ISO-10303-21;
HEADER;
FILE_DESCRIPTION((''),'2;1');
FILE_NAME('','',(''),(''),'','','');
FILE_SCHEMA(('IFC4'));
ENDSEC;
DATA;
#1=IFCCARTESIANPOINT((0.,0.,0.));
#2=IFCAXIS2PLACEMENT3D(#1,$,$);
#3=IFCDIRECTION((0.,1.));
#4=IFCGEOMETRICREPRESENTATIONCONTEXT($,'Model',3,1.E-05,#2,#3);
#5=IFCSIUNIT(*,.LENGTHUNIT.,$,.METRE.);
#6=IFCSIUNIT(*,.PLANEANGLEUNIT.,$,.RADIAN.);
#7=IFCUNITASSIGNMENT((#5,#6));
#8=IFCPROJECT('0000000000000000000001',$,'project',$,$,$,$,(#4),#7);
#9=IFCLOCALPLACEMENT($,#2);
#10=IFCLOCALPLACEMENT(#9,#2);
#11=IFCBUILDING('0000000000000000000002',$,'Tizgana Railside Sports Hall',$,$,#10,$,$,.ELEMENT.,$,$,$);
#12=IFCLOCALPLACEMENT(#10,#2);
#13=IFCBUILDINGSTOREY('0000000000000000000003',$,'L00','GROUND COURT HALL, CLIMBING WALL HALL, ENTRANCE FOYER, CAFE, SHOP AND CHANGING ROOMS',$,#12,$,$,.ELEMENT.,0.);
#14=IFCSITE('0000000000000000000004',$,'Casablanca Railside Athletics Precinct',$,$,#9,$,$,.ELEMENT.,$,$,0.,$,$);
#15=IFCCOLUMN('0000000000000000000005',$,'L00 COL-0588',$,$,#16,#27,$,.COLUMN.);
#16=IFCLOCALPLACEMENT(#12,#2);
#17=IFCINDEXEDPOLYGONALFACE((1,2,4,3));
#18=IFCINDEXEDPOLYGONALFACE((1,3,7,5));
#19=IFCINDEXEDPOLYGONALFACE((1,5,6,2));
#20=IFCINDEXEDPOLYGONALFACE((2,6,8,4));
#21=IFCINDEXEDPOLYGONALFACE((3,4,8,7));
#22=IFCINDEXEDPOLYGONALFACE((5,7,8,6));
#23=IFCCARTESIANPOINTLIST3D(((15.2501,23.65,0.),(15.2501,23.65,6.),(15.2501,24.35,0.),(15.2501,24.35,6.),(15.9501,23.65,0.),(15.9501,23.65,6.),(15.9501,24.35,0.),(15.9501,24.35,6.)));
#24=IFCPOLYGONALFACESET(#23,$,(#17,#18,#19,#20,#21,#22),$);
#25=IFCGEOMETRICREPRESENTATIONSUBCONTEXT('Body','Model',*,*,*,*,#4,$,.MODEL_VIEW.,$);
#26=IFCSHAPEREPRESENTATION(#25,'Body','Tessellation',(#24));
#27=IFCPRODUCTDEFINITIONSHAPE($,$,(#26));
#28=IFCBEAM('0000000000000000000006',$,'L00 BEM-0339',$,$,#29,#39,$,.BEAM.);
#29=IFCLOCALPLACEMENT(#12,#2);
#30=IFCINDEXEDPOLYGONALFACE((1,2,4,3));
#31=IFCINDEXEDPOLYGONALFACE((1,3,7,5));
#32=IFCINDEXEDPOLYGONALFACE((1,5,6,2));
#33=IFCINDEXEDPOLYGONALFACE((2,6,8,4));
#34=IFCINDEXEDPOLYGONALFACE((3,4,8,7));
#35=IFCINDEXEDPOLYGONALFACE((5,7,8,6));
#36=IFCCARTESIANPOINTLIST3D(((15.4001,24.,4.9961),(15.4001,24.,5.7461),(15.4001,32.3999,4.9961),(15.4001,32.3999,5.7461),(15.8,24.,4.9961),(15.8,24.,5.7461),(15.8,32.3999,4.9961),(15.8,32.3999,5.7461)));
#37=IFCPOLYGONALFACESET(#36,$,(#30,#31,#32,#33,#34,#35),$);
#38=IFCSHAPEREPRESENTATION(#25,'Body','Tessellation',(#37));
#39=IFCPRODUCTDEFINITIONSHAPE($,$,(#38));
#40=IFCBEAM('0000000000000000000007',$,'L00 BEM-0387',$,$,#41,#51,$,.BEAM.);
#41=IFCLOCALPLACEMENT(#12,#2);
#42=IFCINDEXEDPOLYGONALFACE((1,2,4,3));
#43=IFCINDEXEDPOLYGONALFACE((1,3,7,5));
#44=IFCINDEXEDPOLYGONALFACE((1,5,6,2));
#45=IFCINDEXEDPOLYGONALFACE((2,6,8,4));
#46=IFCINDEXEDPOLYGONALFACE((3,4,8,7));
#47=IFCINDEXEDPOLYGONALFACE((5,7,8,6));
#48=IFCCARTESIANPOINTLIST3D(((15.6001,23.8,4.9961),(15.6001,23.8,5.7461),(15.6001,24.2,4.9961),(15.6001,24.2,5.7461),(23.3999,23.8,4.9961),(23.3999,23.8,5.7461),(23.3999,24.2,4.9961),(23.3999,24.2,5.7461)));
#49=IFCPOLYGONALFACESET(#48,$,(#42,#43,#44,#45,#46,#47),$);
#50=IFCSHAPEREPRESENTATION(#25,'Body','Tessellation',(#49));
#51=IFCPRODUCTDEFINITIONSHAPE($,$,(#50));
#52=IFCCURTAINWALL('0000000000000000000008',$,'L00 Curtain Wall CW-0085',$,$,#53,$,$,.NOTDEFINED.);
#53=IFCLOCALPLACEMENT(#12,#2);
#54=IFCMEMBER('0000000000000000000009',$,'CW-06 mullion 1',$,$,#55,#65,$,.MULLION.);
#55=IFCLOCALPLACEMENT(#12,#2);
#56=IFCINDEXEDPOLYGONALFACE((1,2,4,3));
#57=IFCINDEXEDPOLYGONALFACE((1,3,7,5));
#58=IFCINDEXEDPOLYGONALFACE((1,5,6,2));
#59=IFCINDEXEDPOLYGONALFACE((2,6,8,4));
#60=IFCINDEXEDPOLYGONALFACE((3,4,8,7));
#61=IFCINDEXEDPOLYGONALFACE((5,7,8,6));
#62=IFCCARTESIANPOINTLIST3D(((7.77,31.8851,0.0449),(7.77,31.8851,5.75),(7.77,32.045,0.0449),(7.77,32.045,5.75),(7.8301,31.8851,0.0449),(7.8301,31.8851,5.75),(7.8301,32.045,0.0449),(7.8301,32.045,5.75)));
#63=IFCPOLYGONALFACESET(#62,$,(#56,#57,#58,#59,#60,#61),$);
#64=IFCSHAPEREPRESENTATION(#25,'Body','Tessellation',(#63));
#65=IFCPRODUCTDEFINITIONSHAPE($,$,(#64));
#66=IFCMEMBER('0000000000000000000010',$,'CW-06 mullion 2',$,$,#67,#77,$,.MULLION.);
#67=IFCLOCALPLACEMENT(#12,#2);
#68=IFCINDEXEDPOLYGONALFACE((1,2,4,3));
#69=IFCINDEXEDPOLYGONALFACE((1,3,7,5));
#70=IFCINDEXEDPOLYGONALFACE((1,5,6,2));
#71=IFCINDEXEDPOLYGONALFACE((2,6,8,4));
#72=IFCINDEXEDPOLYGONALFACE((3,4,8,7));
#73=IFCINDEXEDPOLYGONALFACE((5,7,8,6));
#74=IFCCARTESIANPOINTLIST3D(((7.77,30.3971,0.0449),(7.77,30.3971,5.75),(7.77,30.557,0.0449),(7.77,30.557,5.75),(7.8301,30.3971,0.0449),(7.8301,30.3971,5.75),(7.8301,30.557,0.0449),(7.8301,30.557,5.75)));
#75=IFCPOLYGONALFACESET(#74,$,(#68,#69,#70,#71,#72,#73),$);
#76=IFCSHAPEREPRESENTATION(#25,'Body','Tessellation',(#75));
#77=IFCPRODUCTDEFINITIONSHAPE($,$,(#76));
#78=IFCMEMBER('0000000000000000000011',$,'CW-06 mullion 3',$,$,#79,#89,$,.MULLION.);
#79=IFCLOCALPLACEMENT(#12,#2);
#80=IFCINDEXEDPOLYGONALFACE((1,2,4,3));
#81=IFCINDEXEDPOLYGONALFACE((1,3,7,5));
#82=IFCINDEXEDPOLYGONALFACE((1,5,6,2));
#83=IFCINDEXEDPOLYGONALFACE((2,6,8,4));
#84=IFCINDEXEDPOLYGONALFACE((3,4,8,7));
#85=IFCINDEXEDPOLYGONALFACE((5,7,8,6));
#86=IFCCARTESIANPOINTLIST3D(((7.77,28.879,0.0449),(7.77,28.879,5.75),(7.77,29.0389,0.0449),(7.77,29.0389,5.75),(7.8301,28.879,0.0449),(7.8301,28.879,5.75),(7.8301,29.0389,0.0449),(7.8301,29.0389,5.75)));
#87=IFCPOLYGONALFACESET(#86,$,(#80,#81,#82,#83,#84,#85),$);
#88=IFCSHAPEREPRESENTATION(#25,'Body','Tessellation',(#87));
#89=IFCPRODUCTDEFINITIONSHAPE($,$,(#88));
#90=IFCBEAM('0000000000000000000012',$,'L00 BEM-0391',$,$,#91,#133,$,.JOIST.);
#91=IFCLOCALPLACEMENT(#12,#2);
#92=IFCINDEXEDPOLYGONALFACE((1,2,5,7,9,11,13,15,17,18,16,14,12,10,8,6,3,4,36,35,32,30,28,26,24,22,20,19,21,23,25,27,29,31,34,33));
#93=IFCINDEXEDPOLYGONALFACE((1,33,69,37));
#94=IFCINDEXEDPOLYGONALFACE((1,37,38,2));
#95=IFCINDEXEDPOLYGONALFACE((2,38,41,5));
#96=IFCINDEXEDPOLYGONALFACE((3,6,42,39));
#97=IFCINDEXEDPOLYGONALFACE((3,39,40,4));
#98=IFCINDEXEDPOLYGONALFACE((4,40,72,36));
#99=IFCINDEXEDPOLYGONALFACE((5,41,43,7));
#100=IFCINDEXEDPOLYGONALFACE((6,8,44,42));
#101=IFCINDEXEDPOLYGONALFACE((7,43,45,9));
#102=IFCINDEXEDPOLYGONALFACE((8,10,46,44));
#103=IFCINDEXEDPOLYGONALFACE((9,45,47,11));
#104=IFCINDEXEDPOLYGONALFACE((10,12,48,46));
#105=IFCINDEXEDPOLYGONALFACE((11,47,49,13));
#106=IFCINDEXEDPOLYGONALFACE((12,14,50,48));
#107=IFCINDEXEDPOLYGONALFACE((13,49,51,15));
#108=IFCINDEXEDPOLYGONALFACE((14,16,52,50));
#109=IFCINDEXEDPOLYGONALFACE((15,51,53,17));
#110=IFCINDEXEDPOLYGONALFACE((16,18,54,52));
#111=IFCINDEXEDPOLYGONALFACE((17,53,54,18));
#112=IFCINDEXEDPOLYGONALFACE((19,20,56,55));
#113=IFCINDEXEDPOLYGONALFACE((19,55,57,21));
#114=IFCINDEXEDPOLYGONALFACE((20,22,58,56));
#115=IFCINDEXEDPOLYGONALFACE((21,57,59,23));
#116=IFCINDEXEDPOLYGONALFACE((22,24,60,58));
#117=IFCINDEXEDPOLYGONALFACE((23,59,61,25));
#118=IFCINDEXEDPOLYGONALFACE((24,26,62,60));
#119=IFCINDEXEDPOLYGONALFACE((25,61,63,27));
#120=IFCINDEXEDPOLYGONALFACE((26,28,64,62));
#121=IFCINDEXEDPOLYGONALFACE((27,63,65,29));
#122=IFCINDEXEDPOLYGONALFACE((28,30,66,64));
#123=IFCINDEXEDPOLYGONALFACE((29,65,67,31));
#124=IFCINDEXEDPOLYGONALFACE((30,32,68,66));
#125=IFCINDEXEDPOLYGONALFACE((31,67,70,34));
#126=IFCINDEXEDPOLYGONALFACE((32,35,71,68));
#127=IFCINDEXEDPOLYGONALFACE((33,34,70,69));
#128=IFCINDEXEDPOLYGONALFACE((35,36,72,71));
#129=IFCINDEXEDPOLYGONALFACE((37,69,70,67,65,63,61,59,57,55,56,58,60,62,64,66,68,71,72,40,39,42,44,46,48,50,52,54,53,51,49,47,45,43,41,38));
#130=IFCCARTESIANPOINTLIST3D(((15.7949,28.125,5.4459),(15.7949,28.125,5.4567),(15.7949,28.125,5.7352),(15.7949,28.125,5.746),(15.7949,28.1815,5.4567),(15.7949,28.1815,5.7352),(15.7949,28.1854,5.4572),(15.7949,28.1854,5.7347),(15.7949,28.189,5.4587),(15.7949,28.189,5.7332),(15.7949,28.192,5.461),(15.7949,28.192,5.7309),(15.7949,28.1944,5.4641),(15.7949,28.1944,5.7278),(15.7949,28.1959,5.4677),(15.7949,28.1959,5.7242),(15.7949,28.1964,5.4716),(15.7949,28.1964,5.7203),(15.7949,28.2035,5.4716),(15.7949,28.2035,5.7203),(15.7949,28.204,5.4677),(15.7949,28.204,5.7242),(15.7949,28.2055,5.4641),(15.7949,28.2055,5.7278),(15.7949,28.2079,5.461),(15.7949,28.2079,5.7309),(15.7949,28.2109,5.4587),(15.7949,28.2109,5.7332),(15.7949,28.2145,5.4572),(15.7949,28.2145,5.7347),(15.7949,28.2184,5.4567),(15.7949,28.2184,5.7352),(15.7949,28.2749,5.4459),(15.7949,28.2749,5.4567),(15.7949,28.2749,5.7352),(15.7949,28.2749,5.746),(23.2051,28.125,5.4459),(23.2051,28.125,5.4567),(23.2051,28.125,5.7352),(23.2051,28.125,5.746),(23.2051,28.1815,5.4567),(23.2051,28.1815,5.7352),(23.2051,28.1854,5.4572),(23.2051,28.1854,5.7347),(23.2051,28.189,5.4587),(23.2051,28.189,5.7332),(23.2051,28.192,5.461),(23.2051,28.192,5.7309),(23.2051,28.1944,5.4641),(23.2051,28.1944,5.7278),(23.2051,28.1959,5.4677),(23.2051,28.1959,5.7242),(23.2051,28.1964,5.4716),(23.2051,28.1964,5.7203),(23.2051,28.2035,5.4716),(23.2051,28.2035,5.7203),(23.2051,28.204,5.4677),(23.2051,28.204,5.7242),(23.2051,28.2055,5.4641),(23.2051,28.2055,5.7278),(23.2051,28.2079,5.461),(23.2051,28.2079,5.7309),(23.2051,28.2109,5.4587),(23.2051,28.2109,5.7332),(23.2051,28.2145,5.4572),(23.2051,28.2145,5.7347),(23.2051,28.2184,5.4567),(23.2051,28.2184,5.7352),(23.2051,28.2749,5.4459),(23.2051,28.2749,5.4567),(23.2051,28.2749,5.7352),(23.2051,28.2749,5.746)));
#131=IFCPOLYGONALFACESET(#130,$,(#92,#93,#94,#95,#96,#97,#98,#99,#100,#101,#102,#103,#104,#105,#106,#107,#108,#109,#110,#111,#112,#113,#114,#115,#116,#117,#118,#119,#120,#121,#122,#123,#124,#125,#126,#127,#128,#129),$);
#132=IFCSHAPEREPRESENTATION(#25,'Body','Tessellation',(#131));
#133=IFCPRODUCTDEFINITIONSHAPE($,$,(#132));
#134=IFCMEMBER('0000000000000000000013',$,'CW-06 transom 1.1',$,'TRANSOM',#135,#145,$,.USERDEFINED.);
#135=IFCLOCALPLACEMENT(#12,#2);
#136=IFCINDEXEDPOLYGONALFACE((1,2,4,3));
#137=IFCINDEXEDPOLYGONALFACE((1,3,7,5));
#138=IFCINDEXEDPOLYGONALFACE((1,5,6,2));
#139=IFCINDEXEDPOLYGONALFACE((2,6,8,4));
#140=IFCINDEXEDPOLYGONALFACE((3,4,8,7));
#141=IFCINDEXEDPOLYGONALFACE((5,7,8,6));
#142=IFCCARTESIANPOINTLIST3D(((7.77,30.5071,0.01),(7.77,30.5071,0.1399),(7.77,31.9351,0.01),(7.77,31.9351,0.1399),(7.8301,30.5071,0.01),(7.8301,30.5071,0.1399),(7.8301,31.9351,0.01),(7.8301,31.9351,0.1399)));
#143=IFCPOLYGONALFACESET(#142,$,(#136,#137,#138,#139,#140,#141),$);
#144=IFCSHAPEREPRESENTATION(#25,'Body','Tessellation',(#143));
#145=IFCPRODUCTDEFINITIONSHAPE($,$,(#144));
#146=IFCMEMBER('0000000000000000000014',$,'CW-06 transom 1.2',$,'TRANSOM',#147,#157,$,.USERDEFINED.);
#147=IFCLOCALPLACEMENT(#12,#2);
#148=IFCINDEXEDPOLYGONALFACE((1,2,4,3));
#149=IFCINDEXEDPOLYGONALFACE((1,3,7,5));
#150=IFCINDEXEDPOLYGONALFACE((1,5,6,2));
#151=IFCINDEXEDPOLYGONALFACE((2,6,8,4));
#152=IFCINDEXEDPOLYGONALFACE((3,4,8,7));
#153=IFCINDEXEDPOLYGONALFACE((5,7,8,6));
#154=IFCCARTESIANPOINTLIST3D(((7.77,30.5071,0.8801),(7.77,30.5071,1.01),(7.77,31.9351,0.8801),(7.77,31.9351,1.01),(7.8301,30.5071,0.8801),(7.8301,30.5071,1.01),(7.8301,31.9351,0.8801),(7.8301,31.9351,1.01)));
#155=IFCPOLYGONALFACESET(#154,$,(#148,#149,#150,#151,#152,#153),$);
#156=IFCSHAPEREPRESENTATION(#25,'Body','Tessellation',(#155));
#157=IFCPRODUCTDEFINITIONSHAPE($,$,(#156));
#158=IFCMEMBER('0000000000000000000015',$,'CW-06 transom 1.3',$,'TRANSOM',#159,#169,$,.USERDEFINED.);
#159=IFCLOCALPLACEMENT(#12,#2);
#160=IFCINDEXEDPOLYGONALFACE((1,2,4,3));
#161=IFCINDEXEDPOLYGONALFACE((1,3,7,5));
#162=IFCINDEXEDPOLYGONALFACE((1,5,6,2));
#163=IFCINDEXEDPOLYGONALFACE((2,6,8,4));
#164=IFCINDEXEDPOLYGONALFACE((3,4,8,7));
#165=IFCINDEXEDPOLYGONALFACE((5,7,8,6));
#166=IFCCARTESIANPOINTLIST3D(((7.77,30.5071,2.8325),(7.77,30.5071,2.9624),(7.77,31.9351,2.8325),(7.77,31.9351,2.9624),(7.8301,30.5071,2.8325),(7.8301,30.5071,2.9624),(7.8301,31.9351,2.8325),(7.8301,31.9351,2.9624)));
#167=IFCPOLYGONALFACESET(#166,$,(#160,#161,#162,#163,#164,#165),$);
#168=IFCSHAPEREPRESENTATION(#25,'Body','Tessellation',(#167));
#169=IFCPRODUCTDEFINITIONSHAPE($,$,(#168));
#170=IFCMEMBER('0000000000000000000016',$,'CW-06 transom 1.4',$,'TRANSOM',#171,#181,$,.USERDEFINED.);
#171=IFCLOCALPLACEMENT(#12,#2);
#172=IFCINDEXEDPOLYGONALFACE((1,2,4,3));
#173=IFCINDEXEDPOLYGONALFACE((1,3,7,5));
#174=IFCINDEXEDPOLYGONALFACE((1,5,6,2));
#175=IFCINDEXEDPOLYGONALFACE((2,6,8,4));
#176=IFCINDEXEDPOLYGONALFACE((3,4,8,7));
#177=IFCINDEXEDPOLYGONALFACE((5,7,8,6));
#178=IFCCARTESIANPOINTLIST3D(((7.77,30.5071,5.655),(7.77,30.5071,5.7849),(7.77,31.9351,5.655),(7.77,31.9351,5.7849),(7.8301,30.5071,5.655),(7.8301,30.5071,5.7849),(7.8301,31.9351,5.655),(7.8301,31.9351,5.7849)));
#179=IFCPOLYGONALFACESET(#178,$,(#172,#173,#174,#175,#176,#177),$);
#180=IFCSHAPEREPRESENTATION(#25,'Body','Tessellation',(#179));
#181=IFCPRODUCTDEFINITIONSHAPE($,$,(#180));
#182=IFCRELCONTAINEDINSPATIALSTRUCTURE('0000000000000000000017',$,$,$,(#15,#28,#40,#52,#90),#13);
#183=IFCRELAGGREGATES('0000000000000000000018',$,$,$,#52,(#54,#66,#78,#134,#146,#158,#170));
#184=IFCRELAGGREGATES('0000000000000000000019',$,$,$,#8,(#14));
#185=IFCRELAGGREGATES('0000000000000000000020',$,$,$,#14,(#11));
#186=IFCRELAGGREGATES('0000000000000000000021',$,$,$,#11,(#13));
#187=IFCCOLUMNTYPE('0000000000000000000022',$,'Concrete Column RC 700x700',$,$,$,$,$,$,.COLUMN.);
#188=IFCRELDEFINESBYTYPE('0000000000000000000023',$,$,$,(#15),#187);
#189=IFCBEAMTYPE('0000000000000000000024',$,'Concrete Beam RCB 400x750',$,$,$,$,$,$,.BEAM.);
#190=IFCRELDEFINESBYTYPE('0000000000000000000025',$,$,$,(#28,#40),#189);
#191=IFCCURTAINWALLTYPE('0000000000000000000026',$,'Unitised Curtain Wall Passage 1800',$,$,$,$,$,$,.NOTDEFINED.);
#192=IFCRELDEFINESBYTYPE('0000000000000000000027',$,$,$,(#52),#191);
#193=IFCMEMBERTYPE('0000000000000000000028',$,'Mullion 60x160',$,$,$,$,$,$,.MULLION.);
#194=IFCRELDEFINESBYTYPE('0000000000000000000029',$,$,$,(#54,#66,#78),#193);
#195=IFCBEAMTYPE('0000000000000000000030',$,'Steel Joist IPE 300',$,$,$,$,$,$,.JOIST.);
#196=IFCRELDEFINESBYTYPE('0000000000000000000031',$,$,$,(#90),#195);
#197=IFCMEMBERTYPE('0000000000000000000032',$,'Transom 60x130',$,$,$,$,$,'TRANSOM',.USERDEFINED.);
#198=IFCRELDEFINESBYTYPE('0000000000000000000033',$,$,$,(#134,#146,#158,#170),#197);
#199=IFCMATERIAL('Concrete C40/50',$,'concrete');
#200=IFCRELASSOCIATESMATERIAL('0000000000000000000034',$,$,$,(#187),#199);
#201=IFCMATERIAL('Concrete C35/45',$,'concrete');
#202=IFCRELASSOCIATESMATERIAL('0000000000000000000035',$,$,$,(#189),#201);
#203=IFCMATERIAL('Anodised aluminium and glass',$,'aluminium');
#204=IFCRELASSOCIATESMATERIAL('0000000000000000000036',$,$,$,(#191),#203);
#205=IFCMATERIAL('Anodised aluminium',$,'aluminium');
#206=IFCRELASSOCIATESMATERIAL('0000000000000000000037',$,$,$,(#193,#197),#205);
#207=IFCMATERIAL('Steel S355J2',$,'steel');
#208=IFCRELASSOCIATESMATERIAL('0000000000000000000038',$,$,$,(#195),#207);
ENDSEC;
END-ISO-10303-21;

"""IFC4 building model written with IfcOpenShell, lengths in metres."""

from ifc_helpers import new_model, si_unit, direction, frame, origin, origin_2d, place, context, subcontext, project, spatial, rectangle, i_section, extrude, material, material_profile, profile_set, type_object, element, aggregate, save


model = new_model("IFC4")

# Units and contexts
model_context = context("Model", 3, precision=1e-05, world=origin(), true_north=direction((0.0, 1.0)))
body_context = subcontext(model_context, "Body", "Model", "MODEL_VIEW")
ifc_project = project(units=[si_unit("LENGTHUNIT", "METRE"), si_unit("PLANEANGLEUNIT", "RADIAN")], contexts=[model_context])

# Site, building, storey
site_placement = place(None, origin())
site = spatial("IfcSite", under=ifc_project, at=site_placement, Name="Casablanca Railside Athletics Precinct", CompositionType="ELEMENT", RefElevation=0.0)
building_placement = place(site_placement, origin())
building = spatial("IfcBuilding", under=site, at=building_placement, Name="Tizgana Railside Sports Hall", CompositionType="ELEMENT")
storey_placement = place(building_placement, origin())
storey = spatial("IfcBuildingStorey", under=building, at=storey_placement, Name="L00", Description="GROUND COURT HALL, CLIMBING WALL HALL, ENTRANCE FOYER, CAFE, SHOP AND CHANGING ROOMS", CompositionType="ELEMENT", Elevation=0.0)

# Column
ifc_material_1 = material(Name="Concrete C40/50", Category="concrete")
ifc_material_profile_1 = material_profile(ifc_material_1, rectangle(XDim=0.7, YDim=0.7, at=origin_2d()), Name="RC 700x700")
ifc_profile_set_1 = profile_set([ifc_material_profile_1], Name="Concrete C40/50")
column_type = type_object("IfcColumnType", Name="Concrete Column RC 700x700", PredefinedType="COLUMN", material=ifc_profile_set_1)
column_placement = place(storey_placement, frame((15.6001, 24.0, 0.0), z_axis=(0.0, 0.0, 1.0), x_axis=(1.0, 0.0, 0.0)))
element("IfcColumn", 1, at=column_placement, inside=storey, type_object=column_type, Name="L00 COL-0588", PredefinedType="COLUMN", context=body_context, shape_type="SweptSolid", body=[
    extrude(rectangle(XDim=0.7, YDim=0.7, at=origin_2d()), origin(), (0.0, 0.0, 1.0), 6.0),
])

# Beams
ifc_material_2 = material(Name="Concrete C35/45", Category="concrete")
ifc_material_profile_2 = material_profile(ifc_material_2, rectangle(XDim=0.3999, YDim=0.75, at=origin_2d()), Name="RCB 400x750")
ifc_profile_set_2 = profile_set([ifc_material_profile_2], Name="Concrete C35/45")
beam_type_1 = type_object("IfcBeamType", Name="Concrete Beam RCB 400x750", PredefinedType="BEAM", material=ifc_profile_set_2)
beam_1_placement = place(storey_placement, frame((15.6001, 24.0, 5.3711), z_axis=(0.0, 1.0, 0.0), x_axis=(-1.0, 0.0, 0.0)))
element("IfcBeam", 2, at=beam_1_placement, inside=storey, type_object=beam_type_1, Name="L00 BEM-0339", PredefinedType="BEAM", context=body_context, shape_type="SweptSolid", body=[
    extrude(rectangle(XDim=0.3999, YDim=0.75, at=origin_2d()), origin(), (0.0, 0.0, 1.0), 8.3999),
])
beam_2_placement = place(storey_placement, frame((15.6001, 24.0, 5.3711), z_axis=(1.0, 0.0, 0.0), x_axis=(0.0, 1.0, 0.0)))
element("IfcBeam", 3, at=beam_2_placement, inside=storey, type_object=beam_type_1, Name="L00 BEM-0387", PredefinedType="BEAM", context=body_context, shape_type="SweptSolid", body=[
    extrude(rectangle(XDim=0.3999, YDim=0.75, at=origin_2d()), origin(), (0.0, 0.0, 1.0), 7.7998),
])

# Curtain wall, members
ifc_material_3 = material(Name="Anodised aluminium and glass", Category="aluminium")
curtain_wall_type = type_object("IfcCurtainWallType", Name="Unitised Curtain Wall Passage 1800", PredefinedType="NOTDEFINED", material=ifc_material_3)
curtain_wall_placement = place(storey_placement, origin())
curtain_wall = element("IfcCurtainWall", 4, at=curtain_wall_placement, inside=storey, type_object=curtain_wall_type, Name="L00 Curtain Wall CW-0085", PredefinedType="NOTDEFINED")
ifc_material_4 = material(Name="Anodised aluminium", Category="aluminium")
ifc_material_profile_3 = material_profile(ifc_material_4, rectangle(XDim=0.0601, YDim=0.1599, at=origin_2d()), Name="Mullion 60x160")
ifc_profile_set_3 = profile_set([ifc_material_profile_3], Name="Anodised aluminium")
member_type_1 = type_object("IfcMemberType", Name="Mullion 60x160", PredefinedType="MULLION", material=ifc_profile_set_3)
member_1_placement = place(storey_placement, frame((7.8, 31.9651, 0.0449), z_axis=(0.0, 0.0, 1.0), x_axis=(1.0, 0.0, 0.0)))
member_1 = element("IfcMember", 5, at=member_1_placement, type_object=member_type_1, Name="CW-06 mullion 1", PredefinedType="MULLION", context=body_context, shape_type="SweptSolid", body=[
    extrude(rectangle(XDim=0.0601, YDim=0.1599, at=origin_2d()), origin(), (0.0, 0.0, 1.0), 5.7051),
])
member_2_placement = place(storey_placement, frame((7.8, 30.4771, 0.0449), z_axis=(0.0, 0.0, 1.0), x_axis=(1.0, 0.0, 0.0)))
member_2 = element("IfcMember", 6, at=member_2_placement, type_object=member_type_1, Name="CW-06 mullion 2", PredefinedType="MULLION", context=body_context, shape_type="SweptSolid", body=[
    extrude(rectangle(XDim=0.0601, YDim=0.1599, at=origin_2d()), origin(), (0.0, 0.0, 1.0), 5.7051),
])
member_3_placement = place(storey_placement, frame((7.8, 28.959, 0.0449), z_axis=(0.0, 0.0, 1.0), x_axis=(1.0, 0.0, 0.0)))
member_3 = element("IfcMember", 7, at=member_3_placement, type_object=member_type_1, Name="CW-06 mullion 3", PredefinedType="MULLION", context=body_context, shape_type="SweptSolid", body=[
    extrude(rectangle(XDim=0.0601, YDim=0.1599, at=origin_2d()), origin(), (0.0, 0.0, 1.0), 5.7051),
])

# Beam
ifc_material_5 = material(Name="Steel S355J2", Category="steel")
ifc_material_profile_4 = material_profile(ifc_material_5, i_section(OverallWidth=0.1499, OverallDepth=0.3, WebThickness=0.0071, FlangeThickness=0.0107, FilletRadius=0.0149, at=origin_2d()), Name="IPE 300")
ifc_profile_set_4 = profile_set([ifc_material_profile_4], Name="Steel S355J2")
beam_type_2 = type_object("IfcBeamType", Name="Steel Joist IPE 300", PredefinedType="JOIST", material=ifc_profile_set_4)
beam_3_placement = place(storey_placement, frame((15.7949, 28.2, 5.5959), z_axis=(1.0, 0.0, 0.0), x_axis=(0.0, 1.0, 0.0)))
element("IfcBeam", 8, at=beam_3_placement, inside=storey, type_object=beam_type_2, Name="L00 BEM-0391", PredefinedType="JOIST", context=body_context, shape_type="SweptSolid", body=[
    extrude(i_section(OverallWidth=0.1499, OverallDepth=0.3, WebThickness=0.0071, FlangeThickness=0.0107, FilletRadius=0.0149, at=origin_2d()), origin(), (0.0, 0.0, 1.0), 7.4102),
])

# Members
ifc_material_profile_5 = material_profile(ifc_material_4, rectangle(XDim=0.0601, YDim=0.1299, at=origin_2d()), Name="Transom 60x130")
ifc_profile_set_5 = profile_set([ifc_material_profile_5], Name="Anodised aluminium")
member_type_2 = type_object("IfcMemberType", Name="Transom 60x130", ElementType="TRANSOM", PredefinedType="USERDEFINED", material=ifc_profile_set_5)
member_4_placement = place(storey_placement, frame((7.8, 31.9351, 0.075), z_axis=(0.0, -1.0, 0.0), x_axis=(1.0, 0.0, 0.0)))
member_4 = element("IfcMember", 9, at=member_4_placement, type_object=member_type_2, Name="CW-06 transom 1.1", ObjectType="TRANSOM", PredefinedType="USERDEFINED", context=body_context, shape_type="SweptSolid", body=[
    extrude(rectangle(XDim=0.0601, YDim=0.1299, at=origin_2d()), origin(), (0.0, 0.0, 1.0), 1.428),
])
member_5_placement = place(storey_placement, frame((7.8, 31.9351, 0.9451), z_axis=(0.0, -1.0, 0.0), x_axis=(1.0, 0.0, 0.0)))
member_5 = element("IfcMember", 10, at=member_5_placement, type_object=member_type_2, Name="CW-06 transom 1.2", ObjectType="TRANSOM", PredefinedType="USERDEFINED", context=body_context, shape_type="SweptSolid", body=[
    extrude(rectangle(XDim=0.0601, YDim=0.1299, at=origin_2d()), origin(), (0.0, 0.0, 1.0), 1.428),
])
member_6_placement = place(storey_placement, frame((7.8, 31.9351, 2.8975), z_axis=(0.0, -1.0, 0.0), x_axis=(1.0, 0.0, 0.0)))
member_6 = element("IfcMember", 11, at=member_6_placement, type_object=member_type_2, Name="CW-06 transom 1.3", ObjectType="TRANSOM", PredefinedType="USERDEFINED", context=body_context, shape_type="SweptSolid", body=[
    extrude(rectangle(XDim=0.0601, YDim=0.1299, at=origin_2d()), origin(), (0.0, 0.0, 1.0), 1.428),
])
member_7_placement = place(storey_placement, frame((7.8, 31.9351, 5.72), z_axis=(0.0, -1.0, 0.0), x_axis=(1.0, 0.0, 0.0)))
member_7 = element("IfcMember", 12, at=member_7_placement, type_object=member_type_2, Name="CW-06 transom 1.4", ObjectType="TRANSOM", PredefinedType="USERDEFINED", context=body_context, shape_type="SweptSolid", body=[
    extrude(rectangle(XDim=0.0601, YDim=0.1299, at=origin_2d()), origin(), (0.0, 0.0, 1.0), 1.428),
])

aggregate(curtain_wall, [member_1, member_2, member_3, member_4, member_5, member_6, member_7])

save(model, "model.ifc")
